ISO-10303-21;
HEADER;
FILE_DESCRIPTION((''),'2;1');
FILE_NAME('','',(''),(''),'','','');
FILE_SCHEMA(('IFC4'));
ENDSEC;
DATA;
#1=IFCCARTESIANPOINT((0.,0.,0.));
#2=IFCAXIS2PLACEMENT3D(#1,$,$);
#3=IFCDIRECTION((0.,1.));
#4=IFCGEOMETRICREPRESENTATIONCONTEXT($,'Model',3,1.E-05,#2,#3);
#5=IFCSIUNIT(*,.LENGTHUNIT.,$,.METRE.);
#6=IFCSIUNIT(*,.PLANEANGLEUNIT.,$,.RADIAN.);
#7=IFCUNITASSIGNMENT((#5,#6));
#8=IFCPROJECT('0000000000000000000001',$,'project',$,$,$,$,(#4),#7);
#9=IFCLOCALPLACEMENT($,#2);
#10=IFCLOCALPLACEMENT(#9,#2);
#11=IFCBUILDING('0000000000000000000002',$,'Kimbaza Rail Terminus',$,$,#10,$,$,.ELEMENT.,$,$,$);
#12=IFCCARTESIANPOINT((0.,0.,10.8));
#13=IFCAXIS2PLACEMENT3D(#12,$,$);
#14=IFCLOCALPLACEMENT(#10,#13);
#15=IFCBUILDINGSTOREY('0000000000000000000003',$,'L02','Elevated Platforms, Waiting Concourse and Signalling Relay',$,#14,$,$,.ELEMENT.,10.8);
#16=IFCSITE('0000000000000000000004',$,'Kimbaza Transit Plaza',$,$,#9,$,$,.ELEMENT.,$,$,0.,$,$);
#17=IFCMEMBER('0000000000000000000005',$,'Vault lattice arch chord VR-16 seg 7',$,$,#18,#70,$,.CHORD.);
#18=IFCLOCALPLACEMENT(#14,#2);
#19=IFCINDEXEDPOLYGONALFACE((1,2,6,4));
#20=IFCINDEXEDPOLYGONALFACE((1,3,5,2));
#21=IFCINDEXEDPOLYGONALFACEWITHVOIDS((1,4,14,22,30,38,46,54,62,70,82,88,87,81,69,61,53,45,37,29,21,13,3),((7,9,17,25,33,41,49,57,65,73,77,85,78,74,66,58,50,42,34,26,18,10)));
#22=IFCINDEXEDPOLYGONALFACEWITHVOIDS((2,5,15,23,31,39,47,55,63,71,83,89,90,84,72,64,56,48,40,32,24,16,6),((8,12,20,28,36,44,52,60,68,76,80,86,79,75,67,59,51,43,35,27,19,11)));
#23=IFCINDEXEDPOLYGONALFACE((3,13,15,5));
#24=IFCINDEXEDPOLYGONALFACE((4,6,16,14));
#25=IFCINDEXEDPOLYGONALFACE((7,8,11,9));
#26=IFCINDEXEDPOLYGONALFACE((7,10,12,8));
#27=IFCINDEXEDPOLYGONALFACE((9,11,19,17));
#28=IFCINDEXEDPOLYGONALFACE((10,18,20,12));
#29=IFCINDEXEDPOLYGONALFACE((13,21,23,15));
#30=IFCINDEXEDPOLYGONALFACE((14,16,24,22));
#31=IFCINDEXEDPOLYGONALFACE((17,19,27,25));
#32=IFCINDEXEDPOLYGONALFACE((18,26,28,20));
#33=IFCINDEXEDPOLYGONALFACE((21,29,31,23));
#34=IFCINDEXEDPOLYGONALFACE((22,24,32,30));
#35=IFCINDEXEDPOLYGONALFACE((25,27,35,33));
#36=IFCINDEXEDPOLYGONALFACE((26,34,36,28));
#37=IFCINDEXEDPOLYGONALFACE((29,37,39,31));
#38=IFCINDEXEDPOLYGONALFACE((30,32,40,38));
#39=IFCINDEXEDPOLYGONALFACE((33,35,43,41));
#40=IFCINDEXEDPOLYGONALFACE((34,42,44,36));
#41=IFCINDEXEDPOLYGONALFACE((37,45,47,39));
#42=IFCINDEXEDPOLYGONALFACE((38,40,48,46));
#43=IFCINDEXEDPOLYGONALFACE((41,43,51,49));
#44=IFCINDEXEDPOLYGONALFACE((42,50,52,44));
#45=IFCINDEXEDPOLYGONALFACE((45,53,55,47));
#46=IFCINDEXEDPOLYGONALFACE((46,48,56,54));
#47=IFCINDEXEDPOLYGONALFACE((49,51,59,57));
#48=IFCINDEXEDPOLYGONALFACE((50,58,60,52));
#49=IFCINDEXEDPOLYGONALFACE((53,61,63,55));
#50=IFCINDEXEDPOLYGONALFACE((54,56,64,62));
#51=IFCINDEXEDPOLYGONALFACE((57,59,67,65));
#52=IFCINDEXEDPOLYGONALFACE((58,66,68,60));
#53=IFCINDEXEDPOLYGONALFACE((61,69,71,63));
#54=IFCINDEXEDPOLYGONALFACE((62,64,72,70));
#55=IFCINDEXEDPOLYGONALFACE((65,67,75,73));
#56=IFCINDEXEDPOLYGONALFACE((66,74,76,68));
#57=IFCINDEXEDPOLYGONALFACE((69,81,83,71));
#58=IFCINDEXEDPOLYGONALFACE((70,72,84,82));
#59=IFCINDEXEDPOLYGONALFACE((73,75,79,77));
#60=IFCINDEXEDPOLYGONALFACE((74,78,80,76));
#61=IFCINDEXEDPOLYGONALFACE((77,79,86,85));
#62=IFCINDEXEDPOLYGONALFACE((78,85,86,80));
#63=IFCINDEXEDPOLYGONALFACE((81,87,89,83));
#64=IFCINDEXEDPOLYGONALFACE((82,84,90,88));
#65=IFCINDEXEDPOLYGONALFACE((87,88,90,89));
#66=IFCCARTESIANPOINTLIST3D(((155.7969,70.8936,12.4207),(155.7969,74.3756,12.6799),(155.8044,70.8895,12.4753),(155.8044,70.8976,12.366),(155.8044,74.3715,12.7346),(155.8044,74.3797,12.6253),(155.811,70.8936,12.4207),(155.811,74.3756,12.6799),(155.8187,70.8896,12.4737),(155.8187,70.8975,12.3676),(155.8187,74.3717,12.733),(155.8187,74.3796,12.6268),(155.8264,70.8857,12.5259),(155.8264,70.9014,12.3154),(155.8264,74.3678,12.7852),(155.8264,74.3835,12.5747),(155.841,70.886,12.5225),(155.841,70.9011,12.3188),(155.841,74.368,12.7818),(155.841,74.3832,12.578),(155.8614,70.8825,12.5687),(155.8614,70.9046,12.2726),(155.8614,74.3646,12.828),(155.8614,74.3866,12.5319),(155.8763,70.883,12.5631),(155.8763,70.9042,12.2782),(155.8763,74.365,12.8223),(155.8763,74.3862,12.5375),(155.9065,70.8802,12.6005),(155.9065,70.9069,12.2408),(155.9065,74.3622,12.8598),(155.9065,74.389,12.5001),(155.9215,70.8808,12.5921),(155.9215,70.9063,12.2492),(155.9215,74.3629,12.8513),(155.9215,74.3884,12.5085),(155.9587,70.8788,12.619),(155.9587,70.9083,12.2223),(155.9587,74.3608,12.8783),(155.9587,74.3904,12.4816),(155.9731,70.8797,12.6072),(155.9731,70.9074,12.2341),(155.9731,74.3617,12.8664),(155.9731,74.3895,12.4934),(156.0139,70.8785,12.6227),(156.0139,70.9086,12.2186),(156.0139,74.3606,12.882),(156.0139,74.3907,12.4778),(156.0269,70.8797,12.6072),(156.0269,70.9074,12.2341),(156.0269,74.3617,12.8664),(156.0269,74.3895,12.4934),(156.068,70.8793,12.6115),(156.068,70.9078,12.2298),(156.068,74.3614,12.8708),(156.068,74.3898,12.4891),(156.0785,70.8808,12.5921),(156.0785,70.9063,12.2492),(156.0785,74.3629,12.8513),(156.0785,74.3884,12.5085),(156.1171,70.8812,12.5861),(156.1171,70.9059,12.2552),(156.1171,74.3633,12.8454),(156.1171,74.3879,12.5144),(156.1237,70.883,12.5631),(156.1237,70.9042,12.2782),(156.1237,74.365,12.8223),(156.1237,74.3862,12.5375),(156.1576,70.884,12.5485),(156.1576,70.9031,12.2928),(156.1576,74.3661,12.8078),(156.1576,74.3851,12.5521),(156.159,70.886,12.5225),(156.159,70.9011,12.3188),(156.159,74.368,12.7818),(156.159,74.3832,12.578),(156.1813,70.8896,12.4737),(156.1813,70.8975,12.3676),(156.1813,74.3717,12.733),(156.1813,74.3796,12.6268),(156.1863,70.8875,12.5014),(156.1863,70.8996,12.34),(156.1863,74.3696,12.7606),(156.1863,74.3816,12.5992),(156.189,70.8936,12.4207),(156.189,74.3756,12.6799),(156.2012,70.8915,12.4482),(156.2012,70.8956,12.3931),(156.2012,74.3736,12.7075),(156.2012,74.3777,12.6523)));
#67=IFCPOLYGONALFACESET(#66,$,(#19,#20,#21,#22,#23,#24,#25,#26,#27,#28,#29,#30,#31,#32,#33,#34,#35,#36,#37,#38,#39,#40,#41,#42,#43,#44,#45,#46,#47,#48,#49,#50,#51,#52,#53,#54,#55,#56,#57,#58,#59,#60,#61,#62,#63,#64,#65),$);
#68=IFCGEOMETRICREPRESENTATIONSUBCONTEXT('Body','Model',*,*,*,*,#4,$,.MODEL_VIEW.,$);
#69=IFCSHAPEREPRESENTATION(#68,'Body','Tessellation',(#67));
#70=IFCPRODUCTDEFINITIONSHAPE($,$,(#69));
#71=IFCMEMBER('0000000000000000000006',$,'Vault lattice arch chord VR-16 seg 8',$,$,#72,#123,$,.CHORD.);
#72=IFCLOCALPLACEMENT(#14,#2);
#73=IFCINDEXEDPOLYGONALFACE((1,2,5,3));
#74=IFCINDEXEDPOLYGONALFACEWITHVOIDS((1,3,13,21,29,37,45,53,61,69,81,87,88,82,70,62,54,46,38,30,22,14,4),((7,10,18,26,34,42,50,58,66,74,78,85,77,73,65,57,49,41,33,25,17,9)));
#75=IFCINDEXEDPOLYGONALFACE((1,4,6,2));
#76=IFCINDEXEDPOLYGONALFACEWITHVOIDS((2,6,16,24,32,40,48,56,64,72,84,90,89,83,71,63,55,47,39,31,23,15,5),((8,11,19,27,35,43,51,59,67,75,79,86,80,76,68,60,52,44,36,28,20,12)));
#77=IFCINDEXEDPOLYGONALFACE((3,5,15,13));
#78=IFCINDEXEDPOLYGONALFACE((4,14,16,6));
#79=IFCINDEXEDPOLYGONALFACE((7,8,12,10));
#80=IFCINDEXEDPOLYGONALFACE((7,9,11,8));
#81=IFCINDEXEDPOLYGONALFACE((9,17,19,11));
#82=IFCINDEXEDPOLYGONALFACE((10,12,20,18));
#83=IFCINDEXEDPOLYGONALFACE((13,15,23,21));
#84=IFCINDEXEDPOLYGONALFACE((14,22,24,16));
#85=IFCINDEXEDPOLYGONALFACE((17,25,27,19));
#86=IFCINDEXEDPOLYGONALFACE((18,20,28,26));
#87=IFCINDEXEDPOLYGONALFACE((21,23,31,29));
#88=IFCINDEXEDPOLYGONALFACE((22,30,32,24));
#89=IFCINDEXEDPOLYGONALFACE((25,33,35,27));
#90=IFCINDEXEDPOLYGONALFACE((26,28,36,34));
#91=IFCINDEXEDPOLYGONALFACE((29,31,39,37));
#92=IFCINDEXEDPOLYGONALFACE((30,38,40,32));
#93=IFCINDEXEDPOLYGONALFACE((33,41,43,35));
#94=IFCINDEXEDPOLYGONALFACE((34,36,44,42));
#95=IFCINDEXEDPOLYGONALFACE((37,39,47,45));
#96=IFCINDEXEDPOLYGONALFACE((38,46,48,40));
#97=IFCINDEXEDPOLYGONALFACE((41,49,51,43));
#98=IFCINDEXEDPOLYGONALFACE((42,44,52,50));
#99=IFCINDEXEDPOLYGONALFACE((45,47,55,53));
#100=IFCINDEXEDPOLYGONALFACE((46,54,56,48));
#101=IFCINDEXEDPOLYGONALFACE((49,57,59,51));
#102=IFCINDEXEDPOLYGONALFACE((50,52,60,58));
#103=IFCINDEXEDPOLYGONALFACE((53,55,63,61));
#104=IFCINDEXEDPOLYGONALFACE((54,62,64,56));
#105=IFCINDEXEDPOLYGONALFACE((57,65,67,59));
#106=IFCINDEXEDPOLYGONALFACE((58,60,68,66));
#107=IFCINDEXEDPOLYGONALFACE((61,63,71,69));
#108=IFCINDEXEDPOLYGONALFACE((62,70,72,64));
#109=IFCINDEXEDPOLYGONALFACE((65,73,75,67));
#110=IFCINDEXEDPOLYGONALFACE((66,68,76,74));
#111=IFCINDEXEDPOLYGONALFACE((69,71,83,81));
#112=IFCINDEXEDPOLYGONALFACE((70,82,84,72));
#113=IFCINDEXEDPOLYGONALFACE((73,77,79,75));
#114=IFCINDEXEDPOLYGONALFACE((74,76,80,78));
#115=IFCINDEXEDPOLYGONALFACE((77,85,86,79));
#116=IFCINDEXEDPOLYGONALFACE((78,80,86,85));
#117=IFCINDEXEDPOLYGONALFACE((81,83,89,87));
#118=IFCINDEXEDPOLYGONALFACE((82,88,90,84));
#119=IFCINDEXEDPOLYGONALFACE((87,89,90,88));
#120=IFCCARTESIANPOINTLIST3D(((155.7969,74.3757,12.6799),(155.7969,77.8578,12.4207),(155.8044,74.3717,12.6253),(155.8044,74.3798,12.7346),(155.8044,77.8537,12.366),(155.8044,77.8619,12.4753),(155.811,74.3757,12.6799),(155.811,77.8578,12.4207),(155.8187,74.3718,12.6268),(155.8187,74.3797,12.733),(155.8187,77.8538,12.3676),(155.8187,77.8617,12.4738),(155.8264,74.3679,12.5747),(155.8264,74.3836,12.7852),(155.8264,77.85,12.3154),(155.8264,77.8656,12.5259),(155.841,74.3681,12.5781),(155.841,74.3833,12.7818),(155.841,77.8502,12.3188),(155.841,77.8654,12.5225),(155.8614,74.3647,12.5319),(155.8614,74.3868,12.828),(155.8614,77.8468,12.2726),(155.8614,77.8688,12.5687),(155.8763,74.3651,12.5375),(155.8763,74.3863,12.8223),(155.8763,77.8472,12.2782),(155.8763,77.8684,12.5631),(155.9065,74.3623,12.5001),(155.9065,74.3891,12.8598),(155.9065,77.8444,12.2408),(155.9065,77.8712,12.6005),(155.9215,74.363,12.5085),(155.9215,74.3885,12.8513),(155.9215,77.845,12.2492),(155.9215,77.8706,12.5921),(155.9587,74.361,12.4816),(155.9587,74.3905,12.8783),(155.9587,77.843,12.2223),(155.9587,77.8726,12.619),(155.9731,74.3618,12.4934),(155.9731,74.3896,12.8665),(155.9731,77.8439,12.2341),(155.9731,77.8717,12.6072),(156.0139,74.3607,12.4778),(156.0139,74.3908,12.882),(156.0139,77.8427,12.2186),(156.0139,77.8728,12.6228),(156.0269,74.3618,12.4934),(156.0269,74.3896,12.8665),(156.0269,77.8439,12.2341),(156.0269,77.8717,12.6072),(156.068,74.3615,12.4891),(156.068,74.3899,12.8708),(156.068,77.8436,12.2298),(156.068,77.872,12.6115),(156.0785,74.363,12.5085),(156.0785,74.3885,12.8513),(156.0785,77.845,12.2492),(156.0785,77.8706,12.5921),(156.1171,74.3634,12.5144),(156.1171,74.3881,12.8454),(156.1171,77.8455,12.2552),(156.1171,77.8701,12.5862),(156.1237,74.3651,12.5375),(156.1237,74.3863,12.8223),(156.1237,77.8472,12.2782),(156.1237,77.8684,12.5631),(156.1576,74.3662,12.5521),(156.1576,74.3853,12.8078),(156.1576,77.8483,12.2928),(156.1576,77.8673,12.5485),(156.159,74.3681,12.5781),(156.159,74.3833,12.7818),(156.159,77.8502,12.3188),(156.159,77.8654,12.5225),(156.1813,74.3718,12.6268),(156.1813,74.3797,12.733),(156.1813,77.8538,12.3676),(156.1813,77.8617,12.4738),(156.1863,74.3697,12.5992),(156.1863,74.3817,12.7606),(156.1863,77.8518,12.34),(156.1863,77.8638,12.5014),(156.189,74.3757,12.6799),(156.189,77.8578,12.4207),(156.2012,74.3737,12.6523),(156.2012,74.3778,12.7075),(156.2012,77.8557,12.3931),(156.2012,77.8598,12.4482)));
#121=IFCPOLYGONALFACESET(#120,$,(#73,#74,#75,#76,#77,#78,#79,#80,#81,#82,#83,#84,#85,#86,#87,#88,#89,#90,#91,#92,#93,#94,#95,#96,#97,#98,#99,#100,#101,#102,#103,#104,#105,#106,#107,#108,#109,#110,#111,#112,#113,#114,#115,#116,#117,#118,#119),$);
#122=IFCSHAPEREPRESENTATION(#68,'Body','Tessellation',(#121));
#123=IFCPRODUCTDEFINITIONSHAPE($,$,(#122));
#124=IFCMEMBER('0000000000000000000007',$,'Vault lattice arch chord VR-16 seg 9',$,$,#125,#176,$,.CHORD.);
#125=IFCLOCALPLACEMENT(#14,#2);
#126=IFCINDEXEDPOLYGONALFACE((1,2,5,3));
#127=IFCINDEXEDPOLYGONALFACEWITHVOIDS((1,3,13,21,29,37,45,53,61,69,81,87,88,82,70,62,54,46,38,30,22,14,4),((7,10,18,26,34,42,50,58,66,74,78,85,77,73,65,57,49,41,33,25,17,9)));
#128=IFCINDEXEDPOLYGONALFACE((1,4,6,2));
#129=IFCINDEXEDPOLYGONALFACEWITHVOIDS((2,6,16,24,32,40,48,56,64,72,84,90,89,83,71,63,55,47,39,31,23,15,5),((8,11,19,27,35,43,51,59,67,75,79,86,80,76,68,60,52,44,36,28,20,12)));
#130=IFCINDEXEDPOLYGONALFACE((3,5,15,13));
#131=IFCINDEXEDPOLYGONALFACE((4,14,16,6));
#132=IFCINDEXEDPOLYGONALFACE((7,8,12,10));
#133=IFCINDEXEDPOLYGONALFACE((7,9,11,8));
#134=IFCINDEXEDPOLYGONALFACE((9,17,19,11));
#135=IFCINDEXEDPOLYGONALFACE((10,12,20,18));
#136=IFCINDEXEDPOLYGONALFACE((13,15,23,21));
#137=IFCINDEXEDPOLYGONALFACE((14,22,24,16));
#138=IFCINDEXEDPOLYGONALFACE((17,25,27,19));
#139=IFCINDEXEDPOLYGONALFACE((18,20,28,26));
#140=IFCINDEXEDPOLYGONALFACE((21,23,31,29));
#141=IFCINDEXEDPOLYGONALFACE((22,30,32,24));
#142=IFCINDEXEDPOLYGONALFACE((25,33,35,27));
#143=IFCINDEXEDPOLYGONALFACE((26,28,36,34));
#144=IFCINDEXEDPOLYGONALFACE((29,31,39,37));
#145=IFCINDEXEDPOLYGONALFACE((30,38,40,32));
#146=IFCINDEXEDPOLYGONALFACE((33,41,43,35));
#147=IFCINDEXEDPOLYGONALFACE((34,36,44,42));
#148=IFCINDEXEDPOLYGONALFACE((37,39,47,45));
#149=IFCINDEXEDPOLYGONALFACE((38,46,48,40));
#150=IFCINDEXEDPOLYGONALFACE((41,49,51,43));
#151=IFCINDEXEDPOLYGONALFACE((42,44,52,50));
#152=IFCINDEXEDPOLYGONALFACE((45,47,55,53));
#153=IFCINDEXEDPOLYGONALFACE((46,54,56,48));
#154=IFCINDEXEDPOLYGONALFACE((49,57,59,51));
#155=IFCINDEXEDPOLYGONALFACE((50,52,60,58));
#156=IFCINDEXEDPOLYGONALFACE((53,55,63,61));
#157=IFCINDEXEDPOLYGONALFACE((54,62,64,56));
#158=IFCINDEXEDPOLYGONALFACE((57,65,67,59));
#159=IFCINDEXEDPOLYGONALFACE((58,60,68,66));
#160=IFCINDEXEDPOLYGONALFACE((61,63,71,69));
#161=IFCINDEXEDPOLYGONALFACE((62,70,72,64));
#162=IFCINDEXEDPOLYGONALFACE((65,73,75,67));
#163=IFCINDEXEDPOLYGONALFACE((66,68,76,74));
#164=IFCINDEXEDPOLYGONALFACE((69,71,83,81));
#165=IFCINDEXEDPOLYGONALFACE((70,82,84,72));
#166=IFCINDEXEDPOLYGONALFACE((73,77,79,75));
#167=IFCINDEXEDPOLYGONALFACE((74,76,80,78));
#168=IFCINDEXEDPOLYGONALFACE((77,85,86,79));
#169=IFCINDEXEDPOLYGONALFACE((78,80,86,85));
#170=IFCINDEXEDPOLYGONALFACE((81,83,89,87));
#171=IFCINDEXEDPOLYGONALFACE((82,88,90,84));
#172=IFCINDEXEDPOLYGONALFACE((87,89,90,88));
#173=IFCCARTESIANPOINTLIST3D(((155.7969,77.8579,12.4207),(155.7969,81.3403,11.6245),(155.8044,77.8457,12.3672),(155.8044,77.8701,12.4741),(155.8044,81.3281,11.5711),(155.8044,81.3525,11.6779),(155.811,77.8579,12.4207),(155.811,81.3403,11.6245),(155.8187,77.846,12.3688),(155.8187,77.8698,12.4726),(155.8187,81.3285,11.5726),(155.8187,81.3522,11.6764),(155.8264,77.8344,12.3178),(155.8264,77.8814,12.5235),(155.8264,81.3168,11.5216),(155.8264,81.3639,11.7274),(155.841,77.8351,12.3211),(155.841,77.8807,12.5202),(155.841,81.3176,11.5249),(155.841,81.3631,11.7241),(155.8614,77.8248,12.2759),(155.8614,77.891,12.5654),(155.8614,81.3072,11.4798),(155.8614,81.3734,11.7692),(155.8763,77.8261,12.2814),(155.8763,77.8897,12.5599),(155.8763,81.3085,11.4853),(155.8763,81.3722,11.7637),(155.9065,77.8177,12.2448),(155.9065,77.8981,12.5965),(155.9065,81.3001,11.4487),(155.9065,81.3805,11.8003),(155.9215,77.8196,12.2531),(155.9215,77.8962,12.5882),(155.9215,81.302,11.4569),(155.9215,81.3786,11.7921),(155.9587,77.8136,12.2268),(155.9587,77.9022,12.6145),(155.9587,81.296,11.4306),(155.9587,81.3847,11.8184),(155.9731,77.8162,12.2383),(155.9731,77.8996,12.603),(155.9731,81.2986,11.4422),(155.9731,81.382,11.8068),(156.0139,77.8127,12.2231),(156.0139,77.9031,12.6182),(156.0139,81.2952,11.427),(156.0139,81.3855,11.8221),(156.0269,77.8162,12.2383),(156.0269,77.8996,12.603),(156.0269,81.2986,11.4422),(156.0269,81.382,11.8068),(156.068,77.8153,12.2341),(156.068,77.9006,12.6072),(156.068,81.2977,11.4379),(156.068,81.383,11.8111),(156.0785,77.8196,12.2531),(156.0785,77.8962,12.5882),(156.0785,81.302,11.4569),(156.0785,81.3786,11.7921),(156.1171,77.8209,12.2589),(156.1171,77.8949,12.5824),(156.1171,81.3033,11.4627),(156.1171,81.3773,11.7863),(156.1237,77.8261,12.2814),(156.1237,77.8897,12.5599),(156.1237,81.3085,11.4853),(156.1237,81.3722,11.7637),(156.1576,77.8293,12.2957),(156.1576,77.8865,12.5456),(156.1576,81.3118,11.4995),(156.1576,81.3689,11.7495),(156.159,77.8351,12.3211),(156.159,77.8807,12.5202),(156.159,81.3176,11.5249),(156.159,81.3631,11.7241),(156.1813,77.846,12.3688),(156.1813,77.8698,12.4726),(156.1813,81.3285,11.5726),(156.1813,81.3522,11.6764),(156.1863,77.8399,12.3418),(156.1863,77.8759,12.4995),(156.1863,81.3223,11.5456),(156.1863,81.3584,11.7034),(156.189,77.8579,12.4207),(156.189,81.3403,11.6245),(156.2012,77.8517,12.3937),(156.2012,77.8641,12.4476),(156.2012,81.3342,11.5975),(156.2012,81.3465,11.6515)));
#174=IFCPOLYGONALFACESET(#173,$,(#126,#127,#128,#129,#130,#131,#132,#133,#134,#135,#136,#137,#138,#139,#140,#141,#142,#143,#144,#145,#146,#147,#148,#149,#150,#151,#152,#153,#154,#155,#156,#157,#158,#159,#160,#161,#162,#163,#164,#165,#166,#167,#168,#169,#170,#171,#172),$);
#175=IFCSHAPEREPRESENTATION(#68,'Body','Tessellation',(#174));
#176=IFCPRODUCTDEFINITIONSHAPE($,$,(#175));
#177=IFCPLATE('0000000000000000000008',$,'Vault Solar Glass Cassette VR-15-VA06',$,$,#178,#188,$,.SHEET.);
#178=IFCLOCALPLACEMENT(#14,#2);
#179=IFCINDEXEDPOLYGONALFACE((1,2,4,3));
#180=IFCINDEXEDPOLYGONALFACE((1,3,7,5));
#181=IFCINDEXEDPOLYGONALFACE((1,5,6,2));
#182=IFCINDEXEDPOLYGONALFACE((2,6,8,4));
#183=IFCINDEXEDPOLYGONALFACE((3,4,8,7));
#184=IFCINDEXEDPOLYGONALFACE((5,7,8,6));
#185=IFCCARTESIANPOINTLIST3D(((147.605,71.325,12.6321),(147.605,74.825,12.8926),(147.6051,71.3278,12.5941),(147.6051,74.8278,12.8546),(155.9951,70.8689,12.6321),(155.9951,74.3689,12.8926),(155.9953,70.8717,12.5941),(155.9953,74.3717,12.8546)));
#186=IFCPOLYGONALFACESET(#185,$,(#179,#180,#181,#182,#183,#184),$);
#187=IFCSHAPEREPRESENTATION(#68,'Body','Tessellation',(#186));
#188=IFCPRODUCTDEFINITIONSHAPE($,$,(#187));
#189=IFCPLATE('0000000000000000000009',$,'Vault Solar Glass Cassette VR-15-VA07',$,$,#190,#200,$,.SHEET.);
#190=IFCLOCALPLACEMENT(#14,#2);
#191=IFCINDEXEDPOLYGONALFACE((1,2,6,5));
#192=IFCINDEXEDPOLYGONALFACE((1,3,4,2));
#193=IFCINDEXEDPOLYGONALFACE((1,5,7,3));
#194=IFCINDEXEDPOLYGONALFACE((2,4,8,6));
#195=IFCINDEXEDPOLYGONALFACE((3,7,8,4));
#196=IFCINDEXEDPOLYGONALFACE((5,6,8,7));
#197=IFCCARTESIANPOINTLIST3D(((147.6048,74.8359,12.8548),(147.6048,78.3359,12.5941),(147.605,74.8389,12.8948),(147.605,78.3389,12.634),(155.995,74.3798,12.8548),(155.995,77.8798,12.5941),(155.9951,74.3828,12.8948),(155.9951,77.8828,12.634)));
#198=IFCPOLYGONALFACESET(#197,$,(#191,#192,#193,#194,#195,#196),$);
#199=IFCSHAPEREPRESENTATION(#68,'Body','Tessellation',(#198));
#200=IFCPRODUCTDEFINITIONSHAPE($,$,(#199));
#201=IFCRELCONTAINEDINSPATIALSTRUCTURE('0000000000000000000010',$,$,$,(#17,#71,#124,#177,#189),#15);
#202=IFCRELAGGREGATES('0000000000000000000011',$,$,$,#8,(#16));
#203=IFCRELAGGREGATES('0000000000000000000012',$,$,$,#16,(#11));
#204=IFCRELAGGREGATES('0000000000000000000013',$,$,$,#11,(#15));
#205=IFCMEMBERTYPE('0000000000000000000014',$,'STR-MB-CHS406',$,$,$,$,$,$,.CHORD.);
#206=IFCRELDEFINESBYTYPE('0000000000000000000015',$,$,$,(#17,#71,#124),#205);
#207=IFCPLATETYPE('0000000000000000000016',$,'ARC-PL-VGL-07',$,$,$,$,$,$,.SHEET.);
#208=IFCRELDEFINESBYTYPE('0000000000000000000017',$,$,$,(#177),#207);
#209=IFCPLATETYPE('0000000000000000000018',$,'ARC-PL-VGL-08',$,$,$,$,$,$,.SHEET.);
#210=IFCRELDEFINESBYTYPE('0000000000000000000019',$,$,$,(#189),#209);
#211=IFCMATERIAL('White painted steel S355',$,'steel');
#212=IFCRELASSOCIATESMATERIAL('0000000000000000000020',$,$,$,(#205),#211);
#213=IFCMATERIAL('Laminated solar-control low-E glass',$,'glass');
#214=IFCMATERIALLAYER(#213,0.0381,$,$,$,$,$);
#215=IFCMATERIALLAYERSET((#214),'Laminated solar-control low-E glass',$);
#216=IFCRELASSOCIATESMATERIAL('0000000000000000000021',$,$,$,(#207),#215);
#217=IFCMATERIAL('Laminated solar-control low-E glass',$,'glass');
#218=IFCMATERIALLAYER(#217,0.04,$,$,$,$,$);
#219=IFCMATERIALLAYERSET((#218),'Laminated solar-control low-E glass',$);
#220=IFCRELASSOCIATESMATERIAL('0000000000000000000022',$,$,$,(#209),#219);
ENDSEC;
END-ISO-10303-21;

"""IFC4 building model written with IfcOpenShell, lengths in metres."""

from ifc_helpers import new_model, si_unit, direction, frame, origin, origin_2d, place, context, subcontext, project, spatial, polyline, hollow_circle, outline, extrude, material, layer, layer_set, material_profile, profile_set, type_object, element, save


model = new_model("IFC4")

# Units and contexts
model_context = context("Model", 3, precision=1e-05, world=origin(), true_north=direction((0.0, 1.0)))
body_context = subcontext(model_context, "Body", "Model", "MODEL_VIEW")
ifc_project = project(units=[si_unit("LENGTHUNIT", "METRE"), si_unit("PLANEANGLEUNIT", "RADIAN")], contexts=[model_context])

# Site, building, storey
site_placement = place(None, origin())
site = spatial("IfcSite", under=ifc_project, at=site_placement, Name="Kimbaza Transit Plaza", CompositionType="ELEMENT", RefElevation=0.0)
building_placement = place(site_placement, origin())
building = spatial("IfcBuilding", under=site, at=building_placement, Name="Kimbaza Rail Terminus", CompositionType="ELEMENT")
storey_placement = place(building_placement, frame((0.0, 0.0, 10.8)))
storey = spatial("IfcBuildingStorey", under=building, at=storey_placement, Name="L02", Description="Elevated Platforms, Waiting Concourse and Signalling Relay", CompositionType="ELEMENT", Elevation=10.8)

# Members
ifc_material_1 = material(Name="White painted steel S355", Category="steel")
ifc_material_profile_1 = material_profile(ifc_material_1, hollow_circle(Radius=0.2031, WallThickness=0.0142, at=origin_2d()), Name="CHS 406.4x14.2")
ifc_profile_set_1 = profile_set([ifc_material_profile_1], Name="White painted steel S355")
member_type_1 = type_object("IfcMemberType", Name="STR-MB-CHS406", PredefinedType="CHORD", material=ifc_profile_set_1)
for number, where, z_axis, x_axis, name in (
    (1, (156.0, 70.8936, 12.4207), (0.0, 0.997239, 0.074253), (-1.0, 0.0, 0.0), "Vault lattice arch chord VR-16 seg 7"),
    (2, (156.0, 74.3757, 12.6799), (0.0, 0.997239, -0.074253), (-1.0, 0.0, 0.0), "Vault lattice arch chord VR-16 seg 8"),
):
    element("IfcMember", number, at=place(storey_placement, frame(where, z_axis=z_axis, x_axis=x_axis)), inside=storey, type_object=member_type_1, Name=name, PredefinedType="CHORD", context=body_context, shape_type="SweptSolid", body=[
        extrude(hollow_circle(Radius=0.2031, WallThickness=0.0142, at=origin_2d()), origin(), (0.0, 0.0, 1.0), 3.4917),
    ])
member_1_placement = place(storey_placement, frame((156.0, 77.8579, 12.4207), z_axis=(0.0, 0.974849, -0.222867), x_axis=(-1.0, 0.0, 0.0)))
element("IfcMember", 3, at=member_1_placement, inside=storey, type_object=member_type_1, Name="Vault lattice arch chord VR-16 seg 9", PredefinedType="CHORD", context=body_context, shape_type="SweptSolid", body=[
    extrude(hollow_circle(Radius=0.2031, WallThickness=0.0142, at=origin_2d()), origin(), (0.0, 0.0, 1.0), 3.5723),
])

# Plates
ifc_material_2 = material(Name="Laminated solar-control low-E glass", Category="glass")
ifc_layer_1 = layer(ifc_material_2, 0.0381)
ifc_layer_set_1 = layer_set([ifc_layer_1], Name="Laminated solar-control low-E glass")
plate_type_1 = type_object("IfcPlateType", Name="ARC-PL-VGL-07", PredefinedType="SHEET", material=ifc_layer_set_1)
plate_1_placement = place(storey_placement, frame((147.605, 71.325, 12.6321), z_axis=(-0.004034, -0.074222, 0.997234), x_axis=(0.998526, -0.054276, 0.0)))
element("IfcPlate", 4, at=plate_1_placement, inside=storey, type_object=plate_type_1, Name="Vault Solar Glass Cassette VR-15-VA06", PredefinedType="SHEET", context=body_context, shape_type="SweptSolid", body=[
    extrude(outline(polyline([(0.0, 0.0), (8.4025, 0.0), (8.2126, 3.5045), (-0.19, 3.5045), (0.0, 0.0)])), origin(), (0.0, 0.0, -1.0), 0.0381),
])
ifc_material_3 = material(Name="Laminated solar-control low-E glass", Category="glass")
ifc_layer_2 = layer(ifc_material_3, 0.04)
ifc_layer_set_2 = layer_set([ifc_layer_2], Name="Laminated solar-control low-E glass")
plate_type_2 = type_object("IfcPlateType", Name="ARC-PL-VGL-08", PredefinedType="SHEET", material=ifc_layer_set_2)
plate_2_placement = place(storey_placement, frame((147.605, 74.8389, 12.8948), z_axis=(0.004038, 0.074291, 0.997228), x_axis=(0.998526, -0.054276, 0.0)))
element("IfcPlate", 5, at=plate_2_placement, inside=storey, type_object=plate_type_2, Name="Vault Solar Glass Cassette VR-15-VA07", PredefinedType="SHEET", context=body_context, shape_type="SweptSolid", body=[
    extrude(outline(polyline([(0.0, 0.0), (8.4025, 0.0), (8.2126, 3.5046), (-0.19, 3.5046), (0.0, 0.0)])), origin(), (0.0, 0.0, -1.0), 0.04),
])

save(model, "model.ifc")
